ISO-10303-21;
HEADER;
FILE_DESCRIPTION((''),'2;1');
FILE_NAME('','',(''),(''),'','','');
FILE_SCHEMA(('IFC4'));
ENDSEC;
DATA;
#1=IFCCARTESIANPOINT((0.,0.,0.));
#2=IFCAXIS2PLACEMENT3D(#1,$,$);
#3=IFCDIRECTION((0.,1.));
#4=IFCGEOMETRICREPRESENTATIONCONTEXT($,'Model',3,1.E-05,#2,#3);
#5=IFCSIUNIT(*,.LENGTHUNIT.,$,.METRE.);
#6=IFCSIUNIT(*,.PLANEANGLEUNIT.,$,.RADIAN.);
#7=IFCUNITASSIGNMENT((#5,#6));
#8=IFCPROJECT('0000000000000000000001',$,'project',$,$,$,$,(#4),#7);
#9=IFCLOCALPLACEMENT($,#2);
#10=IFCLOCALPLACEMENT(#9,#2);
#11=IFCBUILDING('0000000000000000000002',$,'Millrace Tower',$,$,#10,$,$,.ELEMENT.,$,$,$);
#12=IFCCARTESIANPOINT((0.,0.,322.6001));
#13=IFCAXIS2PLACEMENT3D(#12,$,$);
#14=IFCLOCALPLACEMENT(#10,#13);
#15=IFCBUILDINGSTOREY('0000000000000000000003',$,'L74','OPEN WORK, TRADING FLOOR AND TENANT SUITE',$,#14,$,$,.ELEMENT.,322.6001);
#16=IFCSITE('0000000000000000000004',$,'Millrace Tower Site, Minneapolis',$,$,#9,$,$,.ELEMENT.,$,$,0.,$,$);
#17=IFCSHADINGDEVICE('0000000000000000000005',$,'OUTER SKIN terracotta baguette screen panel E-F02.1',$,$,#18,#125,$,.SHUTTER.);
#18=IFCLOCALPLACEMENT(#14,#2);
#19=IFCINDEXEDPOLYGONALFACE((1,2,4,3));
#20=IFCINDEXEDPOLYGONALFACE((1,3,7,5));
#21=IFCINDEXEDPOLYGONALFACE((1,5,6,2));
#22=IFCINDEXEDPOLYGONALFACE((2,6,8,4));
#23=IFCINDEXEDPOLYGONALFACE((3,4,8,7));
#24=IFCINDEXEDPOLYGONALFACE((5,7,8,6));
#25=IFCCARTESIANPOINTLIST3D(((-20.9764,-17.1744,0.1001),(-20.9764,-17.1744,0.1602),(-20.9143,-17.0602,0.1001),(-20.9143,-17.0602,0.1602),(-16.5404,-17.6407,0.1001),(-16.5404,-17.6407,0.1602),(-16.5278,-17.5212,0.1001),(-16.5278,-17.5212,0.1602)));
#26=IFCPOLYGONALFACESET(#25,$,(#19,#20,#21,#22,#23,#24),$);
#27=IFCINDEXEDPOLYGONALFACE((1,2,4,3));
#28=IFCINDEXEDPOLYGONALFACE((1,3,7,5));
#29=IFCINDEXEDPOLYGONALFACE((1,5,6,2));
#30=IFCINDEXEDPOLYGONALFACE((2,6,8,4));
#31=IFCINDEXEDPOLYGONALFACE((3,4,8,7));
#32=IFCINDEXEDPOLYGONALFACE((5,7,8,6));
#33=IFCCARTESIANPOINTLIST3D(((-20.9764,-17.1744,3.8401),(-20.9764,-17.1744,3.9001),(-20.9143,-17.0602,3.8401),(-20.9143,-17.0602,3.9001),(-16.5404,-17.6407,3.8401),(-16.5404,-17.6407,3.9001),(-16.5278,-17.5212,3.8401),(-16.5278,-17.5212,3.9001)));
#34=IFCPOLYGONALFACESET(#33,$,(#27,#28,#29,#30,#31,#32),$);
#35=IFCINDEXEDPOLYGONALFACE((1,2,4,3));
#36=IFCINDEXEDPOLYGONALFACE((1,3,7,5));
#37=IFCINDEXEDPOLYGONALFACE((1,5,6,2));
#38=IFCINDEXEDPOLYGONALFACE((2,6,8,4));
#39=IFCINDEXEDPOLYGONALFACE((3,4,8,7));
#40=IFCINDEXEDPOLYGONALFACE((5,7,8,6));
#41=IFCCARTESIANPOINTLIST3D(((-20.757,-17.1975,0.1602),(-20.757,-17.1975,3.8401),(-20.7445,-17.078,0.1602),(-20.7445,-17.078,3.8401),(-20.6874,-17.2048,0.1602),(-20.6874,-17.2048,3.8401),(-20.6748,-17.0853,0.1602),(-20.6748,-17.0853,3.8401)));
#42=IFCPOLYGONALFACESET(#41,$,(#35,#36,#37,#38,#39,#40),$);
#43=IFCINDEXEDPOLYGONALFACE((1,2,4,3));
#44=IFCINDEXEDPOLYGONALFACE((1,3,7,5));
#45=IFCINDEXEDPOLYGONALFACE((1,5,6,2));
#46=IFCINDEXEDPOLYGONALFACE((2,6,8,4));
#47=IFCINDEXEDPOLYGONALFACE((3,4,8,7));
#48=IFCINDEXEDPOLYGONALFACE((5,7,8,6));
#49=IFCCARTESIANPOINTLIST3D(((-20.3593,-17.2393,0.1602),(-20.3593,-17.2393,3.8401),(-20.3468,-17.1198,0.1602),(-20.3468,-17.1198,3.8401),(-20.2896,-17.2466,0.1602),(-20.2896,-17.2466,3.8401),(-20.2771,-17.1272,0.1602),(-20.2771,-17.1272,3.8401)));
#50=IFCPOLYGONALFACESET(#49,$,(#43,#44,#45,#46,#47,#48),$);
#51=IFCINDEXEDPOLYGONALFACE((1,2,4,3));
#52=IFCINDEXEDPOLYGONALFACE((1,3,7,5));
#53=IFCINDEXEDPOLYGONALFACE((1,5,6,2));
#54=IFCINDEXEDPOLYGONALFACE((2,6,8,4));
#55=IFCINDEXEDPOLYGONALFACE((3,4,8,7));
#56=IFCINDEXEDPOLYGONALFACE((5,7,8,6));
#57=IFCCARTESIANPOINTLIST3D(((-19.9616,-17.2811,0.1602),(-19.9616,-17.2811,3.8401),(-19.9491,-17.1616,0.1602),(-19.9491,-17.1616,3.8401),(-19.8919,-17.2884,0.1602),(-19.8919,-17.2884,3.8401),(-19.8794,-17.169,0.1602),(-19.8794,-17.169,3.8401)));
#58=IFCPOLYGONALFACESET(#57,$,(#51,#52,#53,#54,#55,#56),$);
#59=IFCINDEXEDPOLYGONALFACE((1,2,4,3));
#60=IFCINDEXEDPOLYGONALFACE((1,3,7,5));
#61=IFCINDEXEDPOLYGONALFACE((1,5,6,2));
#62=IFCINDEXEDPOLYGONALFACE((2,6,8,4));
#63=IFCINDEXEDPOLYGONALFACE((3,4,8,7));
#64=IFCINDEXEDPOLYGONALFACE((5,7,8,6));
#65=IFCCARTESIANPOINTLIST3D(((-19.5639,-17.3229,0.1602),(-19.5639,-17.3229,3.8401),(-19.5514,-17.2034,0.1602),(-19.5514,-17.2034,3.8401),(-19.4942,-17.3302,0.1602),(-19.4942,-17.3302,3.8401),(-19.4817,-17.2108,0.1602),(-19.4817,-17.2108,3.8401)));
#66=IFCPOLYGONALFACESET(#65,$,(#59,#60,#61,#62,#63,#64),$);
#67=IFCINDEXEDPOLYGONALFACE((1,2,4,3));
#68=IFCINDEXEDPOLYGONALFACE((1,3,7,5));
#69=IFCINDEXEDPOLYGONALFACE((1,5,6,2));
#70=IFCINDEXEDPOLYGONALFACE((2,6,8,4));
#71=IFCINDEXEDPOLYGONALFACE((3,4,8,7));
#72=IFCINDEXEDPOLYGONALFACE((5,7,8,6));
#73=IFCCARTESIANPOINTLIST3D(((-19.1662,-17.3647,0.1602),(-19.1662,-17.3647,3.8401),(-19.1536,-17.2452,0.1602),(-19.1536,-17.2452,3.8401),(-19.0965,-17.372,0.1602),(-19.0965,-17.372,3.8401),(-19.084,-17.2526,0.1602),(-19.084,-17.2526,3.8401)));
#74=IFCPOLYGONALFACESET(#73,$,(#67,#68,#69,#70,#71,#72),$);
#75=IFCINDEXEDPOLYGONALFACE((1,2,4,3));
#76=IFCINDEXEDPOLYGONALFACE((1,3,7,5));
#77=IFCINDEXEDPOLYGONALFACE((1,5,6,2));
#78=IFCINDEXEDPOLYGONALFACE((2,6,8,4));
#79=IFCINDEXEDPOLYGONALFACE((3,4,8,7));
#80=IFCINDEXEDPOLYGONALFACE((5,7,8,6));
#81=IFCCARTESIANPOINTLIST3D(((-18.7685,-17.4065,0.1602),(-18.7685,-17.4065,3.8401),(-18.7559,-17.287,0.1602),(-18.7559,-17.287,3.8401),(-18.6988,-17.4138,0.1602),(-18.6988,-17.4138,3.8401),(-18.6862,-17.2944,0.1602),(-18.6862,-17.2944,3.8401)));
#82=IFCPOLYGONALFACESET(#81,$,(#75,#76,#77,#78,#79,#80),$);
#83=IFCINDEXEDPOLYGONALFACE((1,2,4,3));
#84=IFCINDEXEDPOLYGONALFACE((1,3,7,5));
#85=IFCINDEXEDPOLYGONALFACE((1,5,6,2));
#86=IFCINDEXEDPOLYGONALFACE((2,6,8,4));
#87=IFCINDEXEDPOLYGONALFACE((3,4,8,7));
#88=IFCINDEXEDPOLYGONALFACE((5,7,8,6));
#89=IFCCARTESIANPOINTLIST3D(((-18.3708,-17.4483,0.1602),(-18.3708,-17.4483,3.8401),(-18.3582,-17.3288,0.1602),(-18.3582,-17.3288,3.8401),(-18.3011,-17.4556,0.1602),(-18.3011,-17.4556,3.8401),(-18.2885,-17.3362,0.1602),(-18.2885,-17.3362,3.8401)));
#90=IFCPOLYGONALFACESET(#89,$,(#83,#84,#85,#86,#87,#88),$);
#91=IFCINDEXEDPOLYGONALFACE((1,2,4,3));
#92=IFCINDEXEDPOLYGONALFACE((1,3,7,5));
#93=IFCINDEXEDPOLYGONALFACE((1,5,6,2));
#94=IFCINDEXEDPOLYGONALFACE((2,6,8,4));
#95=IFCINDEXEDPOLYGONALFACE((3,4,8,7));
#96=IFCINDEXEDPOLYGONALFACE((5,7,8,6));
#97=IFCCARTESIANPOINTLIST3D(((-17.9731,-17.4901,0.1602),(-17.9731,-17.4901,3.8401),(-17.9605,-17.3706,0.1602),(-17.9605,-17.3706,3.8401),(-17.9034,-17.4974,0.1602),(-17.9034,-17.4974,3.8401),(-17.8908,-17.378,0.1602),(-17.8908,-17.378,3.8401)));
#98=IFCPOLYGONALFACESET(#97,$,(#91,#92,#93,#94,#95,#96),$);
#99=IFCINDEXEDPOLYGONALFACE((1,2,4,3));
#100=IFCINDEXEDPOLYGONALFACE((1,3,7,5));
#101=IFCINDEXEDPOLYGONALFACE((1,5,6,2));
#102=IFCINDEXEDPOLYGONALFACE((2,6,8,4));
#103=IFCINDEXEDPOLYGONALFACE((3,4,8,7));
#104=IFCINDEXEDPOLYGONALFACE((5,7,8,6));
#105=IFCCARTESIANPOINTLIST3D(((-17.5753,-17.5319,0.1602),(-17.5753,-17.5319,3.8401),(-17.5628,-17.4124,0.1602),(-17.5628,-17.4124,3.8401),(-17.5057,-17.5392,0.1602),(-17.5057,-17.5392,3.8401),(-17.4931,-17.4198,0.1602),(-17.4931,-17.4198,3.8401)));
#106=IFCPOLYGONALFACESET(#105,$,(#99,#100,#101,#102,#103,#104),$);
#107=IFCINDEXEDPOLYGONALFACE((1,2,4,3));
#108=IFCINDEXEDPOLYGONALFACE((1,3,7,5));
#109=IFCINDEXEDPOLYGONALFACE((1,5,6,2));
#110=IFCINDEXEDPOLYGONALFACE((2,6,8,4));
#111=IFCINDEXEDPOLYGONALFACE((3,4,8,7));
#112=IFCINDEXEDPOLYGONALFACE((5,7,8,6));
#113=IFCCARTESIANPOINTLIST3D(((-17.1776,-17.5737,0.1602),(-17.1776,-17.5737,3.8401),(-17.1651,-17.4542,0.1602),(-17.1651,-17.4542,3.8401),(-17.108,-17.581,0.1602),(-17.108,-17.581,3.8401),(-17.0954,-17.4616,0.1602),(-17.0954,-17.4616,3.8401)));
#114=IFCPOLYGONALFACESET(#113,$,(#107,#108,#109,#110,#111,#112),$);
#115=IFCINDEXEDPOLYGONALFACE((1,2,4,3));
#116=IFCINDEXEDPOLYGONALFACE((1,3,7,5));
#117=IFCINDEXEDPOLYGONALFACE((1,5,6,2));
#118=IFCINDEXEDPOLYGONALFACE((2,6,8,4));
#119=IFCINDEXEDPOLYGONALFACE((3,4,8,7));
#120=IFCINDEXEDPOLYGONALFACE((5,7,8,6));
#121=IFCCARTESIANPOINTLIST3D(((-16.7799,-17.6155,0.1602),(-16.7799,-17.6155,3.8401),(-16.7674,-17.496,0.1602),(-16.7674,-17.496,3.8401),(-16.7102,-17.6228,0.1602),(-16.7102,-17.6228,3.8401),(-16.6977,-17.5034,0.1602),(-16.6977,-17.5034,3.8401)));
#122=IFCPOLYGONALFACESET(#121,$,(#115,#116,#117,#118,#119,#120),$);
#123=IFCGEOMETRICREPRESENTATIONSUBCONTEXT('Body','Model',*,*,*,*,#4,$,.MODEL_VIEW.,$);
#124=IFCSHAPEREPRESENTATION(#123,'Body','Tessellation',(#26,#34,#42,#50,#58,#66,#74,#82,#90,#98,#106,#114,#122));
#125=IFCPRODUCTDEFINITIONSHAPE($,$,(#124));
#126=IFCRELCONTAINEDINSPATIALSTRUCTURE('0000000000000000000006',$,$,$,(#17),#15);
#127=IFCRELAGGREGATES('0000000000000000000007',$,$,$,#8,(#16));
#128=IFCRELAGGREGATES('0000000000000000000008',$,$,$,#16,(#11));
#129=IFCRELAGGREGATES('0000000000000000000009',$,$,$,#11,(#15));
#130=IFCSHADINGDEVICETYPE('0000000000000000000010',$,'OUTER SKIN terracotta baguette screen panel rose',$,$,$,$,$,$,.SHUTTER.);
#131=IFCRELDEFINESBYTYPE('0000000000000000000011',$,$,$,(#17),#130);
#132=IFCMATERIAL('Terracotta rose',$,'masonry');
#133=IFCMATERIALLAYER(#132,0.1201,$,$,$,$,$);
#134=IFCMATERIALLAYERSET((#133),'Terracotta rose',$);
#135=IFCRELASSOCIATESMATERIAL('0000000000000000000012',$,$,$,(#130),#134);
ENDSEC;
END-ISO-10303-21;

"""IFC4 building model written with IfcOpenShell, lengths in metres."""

from ifc_helpers import new_model, entity, si_unit, direction, frame, frame_2d, origin, place, context, subcontext, project, spatial, rectangle, extrude, source, transform, mapped, material, layer, layer_set, type_object, element, save


model = new_model("IFC4")

# Units and contexts
model_context = context("Model", 3, precision=1e-05, world=origin(), true_north=direction((0.0, 1.0)))
body_context = subcontext(model_context, "Body", "Model", "MODEL_VIEW")
ifc_project = project(units=[si_unit("LENGTHUNIT", "METRE"), si_unit("PLANEANGLEUNIT", "RADIAN")], contexts=[model_context])

# Site, building, storey
site_placement = place(None, origin())
site = spatial("IfcSite", under=ifc_project, at=site_placement, Name="Millrace Tower Site, Minneapolis", CompositionType="ELEMENT", RefElevation=0.0)
building_placement = place(site_placement, origin())
building = spatial("IfcBuilding", under=site, at=building_placement, Name="Millrace Tower", CompositionType="ELEMENT")
storey_placement = place(building_placement, frame((0.0, 0.0, 322.6001)))
storey = spatial("IfcBuildingStorey", under=building, at=storey_placement, Name="L74", Description="OPEN WORK, TRADING FLOOR AND TENANT SUITE", CompositionType="ELEMENT", Elevation=322.6001)

# Shading device
ifc_material_1 = material(Name="Terracotta rose", Category="masonry")
ifc_layer_1 = layer(ifc_material_1, 0.1201)
ifc_layer_set_1 = layer_set([ifc_layer_1], Name="Terracotta rose")
shading_device_type = type_object("IfcShadingDeviceType", Name="OUTER SKIN terracotta baguette screen panel rose", PredefinedType="SHUTTER", material=ifc_layer_set_1)
cartesian_point_1 = entity("IfcCartesianPoint", [-2.1929, 0.0601])
shared_polyline_1 = entity("IfcPolyline", [cartesian_point_1, entity("IfcCartesianPoint", [2.2178, 0.0601]), entity("IfcCartesianPoint", [2.2178, -0.0601]), entity("IfcCartesianPoint", [-2.2427, -0.0601]), cartesian_point_1])
shared_shape_1 = source(origin(), body_context, "Body", "SweptSolid", [
    entity("IfcExtrudedAreaSolid", entity("IfcArbitraryClosedProfileDef", "AREA", None, shared_polyline_1), entity("IfcAxis2Placement3D", entity("IfcCartesianPoint", [0.0, 0.0, 0.0])), entity("IfcDirection", [0.0, 0.0, 1.0]), 0.0601),
    entity("IfcExtrudedAreaSolid", entity("IfcArbitraryClosedProfileDef", "AREA", None, shared_polyline_1), entity("IfcAxis2Placement3D", entity("IfcCartesianPoint", [0.0, 0.0, 3.74])), entity("IfcDirection", [0.0, 0.0, 1.0]), 0.0601),
    extrude(rectangle(XDim=0.0701, YDim=0.1201, at=frame_2d((-1.9871, 0.0))), frame((0.0, 0.0, 0.0601)), (0.0, 0.0, 1.0), 3.6799),
    extrude(rectangle(XDim=0.0701, YDim=0.1201, at=frame_2d((-1.5872, 0.0))), frame((0.0, 0.0, 0.0601)), (0.0, 0.0, 1.0), 3.6799),
    extrude(rectangle(XDim=0.0701, YDim=0.1201, at=frame_2d((-1.1873, 0.0))), frame((0.0, 0.0, 0.0601)), (0.0, 0.0, 1.0), 3.6799),
    extrude(rectangle(XDim=0.0701, YDim=0.1201, at=frame_2d((-0.7874, 0.0))), frame((0.0, 0.0, 0.0601)), (0.0, 0.0, 1.0), 3.6799),
    extrude(rectangle(XDim=0.0701, YDim=0.1201, at=frame_2d((-0.3875, 0.0))), frame((0.0, 0.0, 0.0601)), (0.0, 0.0, 1.0), 3.6799),
    extrude(rectangle(XDim=0.0701, YDim=0.1201, at=frame_2d((0.0125, 0.0))), frame((0.0, 0.0, 0.0601)), (0.0, 0.0, 1.0), 3.6799),
    extrude(rectangle(XDim=0.0701, YDim=0.1201, at=frame_2d((0.4124, 0.0))), frame((0.0, 0.0, 0.0601)), (0.0, 0.0, 1.0), 3.6799),
    extrude(rectangle(XDim=0.0701, YDim=0.1201, at=frame_2d((0.8123, 0.0))), frame((0.0, 0.0, 0.0601)), (0.0, 0.0, 1.0), 3.6799),
    extrude(rectangle(XDim=0.0701, YDim=0.1201, at=frame_2d((1.2122, 0.0))), frame((0.0, 0.0, 0.0601)), (0.0, 0.0, 1.0), 3.6799),
    extrude(rectangle(XDim=0.0701, YDim=0.1201, at=frame_2d((1.6121, 0.0))), frame((0.0, 0.0, 0.0601)), (0.0, 0.0, 1.0), 3.6799),
    extrude(rectangle(XDim=0.0701, YDim=0.1201, at=frame_2d((2.012, 0.0))), frame((0.0, 0.0, 0.0601)), (0.0, 0.0, 1.0), 3.6799),
])
shading_device_1_placement = place(storey_placement, frame((-18.7397, -17.3491, 0.1001), z_axis=(0.0, 0.0, 1.0), x_axis=(0.994522, -0.104528, 0.0)))
element("IfcShadingDevice", 1, at=shading_device_1_placement, inside=storey, type_object=shading_device_type, Name="OUTER SKIN terracotta baguette screen panel E-F02.1", PredefinedType="SHUTTER", context=body_context, shape_type="MappedRepresentation", body=[
    mapped(shared_shape_1, transform((0.0, 0.0, 0.0), scale=1.0)),
])

save(model, "model.ifc")
